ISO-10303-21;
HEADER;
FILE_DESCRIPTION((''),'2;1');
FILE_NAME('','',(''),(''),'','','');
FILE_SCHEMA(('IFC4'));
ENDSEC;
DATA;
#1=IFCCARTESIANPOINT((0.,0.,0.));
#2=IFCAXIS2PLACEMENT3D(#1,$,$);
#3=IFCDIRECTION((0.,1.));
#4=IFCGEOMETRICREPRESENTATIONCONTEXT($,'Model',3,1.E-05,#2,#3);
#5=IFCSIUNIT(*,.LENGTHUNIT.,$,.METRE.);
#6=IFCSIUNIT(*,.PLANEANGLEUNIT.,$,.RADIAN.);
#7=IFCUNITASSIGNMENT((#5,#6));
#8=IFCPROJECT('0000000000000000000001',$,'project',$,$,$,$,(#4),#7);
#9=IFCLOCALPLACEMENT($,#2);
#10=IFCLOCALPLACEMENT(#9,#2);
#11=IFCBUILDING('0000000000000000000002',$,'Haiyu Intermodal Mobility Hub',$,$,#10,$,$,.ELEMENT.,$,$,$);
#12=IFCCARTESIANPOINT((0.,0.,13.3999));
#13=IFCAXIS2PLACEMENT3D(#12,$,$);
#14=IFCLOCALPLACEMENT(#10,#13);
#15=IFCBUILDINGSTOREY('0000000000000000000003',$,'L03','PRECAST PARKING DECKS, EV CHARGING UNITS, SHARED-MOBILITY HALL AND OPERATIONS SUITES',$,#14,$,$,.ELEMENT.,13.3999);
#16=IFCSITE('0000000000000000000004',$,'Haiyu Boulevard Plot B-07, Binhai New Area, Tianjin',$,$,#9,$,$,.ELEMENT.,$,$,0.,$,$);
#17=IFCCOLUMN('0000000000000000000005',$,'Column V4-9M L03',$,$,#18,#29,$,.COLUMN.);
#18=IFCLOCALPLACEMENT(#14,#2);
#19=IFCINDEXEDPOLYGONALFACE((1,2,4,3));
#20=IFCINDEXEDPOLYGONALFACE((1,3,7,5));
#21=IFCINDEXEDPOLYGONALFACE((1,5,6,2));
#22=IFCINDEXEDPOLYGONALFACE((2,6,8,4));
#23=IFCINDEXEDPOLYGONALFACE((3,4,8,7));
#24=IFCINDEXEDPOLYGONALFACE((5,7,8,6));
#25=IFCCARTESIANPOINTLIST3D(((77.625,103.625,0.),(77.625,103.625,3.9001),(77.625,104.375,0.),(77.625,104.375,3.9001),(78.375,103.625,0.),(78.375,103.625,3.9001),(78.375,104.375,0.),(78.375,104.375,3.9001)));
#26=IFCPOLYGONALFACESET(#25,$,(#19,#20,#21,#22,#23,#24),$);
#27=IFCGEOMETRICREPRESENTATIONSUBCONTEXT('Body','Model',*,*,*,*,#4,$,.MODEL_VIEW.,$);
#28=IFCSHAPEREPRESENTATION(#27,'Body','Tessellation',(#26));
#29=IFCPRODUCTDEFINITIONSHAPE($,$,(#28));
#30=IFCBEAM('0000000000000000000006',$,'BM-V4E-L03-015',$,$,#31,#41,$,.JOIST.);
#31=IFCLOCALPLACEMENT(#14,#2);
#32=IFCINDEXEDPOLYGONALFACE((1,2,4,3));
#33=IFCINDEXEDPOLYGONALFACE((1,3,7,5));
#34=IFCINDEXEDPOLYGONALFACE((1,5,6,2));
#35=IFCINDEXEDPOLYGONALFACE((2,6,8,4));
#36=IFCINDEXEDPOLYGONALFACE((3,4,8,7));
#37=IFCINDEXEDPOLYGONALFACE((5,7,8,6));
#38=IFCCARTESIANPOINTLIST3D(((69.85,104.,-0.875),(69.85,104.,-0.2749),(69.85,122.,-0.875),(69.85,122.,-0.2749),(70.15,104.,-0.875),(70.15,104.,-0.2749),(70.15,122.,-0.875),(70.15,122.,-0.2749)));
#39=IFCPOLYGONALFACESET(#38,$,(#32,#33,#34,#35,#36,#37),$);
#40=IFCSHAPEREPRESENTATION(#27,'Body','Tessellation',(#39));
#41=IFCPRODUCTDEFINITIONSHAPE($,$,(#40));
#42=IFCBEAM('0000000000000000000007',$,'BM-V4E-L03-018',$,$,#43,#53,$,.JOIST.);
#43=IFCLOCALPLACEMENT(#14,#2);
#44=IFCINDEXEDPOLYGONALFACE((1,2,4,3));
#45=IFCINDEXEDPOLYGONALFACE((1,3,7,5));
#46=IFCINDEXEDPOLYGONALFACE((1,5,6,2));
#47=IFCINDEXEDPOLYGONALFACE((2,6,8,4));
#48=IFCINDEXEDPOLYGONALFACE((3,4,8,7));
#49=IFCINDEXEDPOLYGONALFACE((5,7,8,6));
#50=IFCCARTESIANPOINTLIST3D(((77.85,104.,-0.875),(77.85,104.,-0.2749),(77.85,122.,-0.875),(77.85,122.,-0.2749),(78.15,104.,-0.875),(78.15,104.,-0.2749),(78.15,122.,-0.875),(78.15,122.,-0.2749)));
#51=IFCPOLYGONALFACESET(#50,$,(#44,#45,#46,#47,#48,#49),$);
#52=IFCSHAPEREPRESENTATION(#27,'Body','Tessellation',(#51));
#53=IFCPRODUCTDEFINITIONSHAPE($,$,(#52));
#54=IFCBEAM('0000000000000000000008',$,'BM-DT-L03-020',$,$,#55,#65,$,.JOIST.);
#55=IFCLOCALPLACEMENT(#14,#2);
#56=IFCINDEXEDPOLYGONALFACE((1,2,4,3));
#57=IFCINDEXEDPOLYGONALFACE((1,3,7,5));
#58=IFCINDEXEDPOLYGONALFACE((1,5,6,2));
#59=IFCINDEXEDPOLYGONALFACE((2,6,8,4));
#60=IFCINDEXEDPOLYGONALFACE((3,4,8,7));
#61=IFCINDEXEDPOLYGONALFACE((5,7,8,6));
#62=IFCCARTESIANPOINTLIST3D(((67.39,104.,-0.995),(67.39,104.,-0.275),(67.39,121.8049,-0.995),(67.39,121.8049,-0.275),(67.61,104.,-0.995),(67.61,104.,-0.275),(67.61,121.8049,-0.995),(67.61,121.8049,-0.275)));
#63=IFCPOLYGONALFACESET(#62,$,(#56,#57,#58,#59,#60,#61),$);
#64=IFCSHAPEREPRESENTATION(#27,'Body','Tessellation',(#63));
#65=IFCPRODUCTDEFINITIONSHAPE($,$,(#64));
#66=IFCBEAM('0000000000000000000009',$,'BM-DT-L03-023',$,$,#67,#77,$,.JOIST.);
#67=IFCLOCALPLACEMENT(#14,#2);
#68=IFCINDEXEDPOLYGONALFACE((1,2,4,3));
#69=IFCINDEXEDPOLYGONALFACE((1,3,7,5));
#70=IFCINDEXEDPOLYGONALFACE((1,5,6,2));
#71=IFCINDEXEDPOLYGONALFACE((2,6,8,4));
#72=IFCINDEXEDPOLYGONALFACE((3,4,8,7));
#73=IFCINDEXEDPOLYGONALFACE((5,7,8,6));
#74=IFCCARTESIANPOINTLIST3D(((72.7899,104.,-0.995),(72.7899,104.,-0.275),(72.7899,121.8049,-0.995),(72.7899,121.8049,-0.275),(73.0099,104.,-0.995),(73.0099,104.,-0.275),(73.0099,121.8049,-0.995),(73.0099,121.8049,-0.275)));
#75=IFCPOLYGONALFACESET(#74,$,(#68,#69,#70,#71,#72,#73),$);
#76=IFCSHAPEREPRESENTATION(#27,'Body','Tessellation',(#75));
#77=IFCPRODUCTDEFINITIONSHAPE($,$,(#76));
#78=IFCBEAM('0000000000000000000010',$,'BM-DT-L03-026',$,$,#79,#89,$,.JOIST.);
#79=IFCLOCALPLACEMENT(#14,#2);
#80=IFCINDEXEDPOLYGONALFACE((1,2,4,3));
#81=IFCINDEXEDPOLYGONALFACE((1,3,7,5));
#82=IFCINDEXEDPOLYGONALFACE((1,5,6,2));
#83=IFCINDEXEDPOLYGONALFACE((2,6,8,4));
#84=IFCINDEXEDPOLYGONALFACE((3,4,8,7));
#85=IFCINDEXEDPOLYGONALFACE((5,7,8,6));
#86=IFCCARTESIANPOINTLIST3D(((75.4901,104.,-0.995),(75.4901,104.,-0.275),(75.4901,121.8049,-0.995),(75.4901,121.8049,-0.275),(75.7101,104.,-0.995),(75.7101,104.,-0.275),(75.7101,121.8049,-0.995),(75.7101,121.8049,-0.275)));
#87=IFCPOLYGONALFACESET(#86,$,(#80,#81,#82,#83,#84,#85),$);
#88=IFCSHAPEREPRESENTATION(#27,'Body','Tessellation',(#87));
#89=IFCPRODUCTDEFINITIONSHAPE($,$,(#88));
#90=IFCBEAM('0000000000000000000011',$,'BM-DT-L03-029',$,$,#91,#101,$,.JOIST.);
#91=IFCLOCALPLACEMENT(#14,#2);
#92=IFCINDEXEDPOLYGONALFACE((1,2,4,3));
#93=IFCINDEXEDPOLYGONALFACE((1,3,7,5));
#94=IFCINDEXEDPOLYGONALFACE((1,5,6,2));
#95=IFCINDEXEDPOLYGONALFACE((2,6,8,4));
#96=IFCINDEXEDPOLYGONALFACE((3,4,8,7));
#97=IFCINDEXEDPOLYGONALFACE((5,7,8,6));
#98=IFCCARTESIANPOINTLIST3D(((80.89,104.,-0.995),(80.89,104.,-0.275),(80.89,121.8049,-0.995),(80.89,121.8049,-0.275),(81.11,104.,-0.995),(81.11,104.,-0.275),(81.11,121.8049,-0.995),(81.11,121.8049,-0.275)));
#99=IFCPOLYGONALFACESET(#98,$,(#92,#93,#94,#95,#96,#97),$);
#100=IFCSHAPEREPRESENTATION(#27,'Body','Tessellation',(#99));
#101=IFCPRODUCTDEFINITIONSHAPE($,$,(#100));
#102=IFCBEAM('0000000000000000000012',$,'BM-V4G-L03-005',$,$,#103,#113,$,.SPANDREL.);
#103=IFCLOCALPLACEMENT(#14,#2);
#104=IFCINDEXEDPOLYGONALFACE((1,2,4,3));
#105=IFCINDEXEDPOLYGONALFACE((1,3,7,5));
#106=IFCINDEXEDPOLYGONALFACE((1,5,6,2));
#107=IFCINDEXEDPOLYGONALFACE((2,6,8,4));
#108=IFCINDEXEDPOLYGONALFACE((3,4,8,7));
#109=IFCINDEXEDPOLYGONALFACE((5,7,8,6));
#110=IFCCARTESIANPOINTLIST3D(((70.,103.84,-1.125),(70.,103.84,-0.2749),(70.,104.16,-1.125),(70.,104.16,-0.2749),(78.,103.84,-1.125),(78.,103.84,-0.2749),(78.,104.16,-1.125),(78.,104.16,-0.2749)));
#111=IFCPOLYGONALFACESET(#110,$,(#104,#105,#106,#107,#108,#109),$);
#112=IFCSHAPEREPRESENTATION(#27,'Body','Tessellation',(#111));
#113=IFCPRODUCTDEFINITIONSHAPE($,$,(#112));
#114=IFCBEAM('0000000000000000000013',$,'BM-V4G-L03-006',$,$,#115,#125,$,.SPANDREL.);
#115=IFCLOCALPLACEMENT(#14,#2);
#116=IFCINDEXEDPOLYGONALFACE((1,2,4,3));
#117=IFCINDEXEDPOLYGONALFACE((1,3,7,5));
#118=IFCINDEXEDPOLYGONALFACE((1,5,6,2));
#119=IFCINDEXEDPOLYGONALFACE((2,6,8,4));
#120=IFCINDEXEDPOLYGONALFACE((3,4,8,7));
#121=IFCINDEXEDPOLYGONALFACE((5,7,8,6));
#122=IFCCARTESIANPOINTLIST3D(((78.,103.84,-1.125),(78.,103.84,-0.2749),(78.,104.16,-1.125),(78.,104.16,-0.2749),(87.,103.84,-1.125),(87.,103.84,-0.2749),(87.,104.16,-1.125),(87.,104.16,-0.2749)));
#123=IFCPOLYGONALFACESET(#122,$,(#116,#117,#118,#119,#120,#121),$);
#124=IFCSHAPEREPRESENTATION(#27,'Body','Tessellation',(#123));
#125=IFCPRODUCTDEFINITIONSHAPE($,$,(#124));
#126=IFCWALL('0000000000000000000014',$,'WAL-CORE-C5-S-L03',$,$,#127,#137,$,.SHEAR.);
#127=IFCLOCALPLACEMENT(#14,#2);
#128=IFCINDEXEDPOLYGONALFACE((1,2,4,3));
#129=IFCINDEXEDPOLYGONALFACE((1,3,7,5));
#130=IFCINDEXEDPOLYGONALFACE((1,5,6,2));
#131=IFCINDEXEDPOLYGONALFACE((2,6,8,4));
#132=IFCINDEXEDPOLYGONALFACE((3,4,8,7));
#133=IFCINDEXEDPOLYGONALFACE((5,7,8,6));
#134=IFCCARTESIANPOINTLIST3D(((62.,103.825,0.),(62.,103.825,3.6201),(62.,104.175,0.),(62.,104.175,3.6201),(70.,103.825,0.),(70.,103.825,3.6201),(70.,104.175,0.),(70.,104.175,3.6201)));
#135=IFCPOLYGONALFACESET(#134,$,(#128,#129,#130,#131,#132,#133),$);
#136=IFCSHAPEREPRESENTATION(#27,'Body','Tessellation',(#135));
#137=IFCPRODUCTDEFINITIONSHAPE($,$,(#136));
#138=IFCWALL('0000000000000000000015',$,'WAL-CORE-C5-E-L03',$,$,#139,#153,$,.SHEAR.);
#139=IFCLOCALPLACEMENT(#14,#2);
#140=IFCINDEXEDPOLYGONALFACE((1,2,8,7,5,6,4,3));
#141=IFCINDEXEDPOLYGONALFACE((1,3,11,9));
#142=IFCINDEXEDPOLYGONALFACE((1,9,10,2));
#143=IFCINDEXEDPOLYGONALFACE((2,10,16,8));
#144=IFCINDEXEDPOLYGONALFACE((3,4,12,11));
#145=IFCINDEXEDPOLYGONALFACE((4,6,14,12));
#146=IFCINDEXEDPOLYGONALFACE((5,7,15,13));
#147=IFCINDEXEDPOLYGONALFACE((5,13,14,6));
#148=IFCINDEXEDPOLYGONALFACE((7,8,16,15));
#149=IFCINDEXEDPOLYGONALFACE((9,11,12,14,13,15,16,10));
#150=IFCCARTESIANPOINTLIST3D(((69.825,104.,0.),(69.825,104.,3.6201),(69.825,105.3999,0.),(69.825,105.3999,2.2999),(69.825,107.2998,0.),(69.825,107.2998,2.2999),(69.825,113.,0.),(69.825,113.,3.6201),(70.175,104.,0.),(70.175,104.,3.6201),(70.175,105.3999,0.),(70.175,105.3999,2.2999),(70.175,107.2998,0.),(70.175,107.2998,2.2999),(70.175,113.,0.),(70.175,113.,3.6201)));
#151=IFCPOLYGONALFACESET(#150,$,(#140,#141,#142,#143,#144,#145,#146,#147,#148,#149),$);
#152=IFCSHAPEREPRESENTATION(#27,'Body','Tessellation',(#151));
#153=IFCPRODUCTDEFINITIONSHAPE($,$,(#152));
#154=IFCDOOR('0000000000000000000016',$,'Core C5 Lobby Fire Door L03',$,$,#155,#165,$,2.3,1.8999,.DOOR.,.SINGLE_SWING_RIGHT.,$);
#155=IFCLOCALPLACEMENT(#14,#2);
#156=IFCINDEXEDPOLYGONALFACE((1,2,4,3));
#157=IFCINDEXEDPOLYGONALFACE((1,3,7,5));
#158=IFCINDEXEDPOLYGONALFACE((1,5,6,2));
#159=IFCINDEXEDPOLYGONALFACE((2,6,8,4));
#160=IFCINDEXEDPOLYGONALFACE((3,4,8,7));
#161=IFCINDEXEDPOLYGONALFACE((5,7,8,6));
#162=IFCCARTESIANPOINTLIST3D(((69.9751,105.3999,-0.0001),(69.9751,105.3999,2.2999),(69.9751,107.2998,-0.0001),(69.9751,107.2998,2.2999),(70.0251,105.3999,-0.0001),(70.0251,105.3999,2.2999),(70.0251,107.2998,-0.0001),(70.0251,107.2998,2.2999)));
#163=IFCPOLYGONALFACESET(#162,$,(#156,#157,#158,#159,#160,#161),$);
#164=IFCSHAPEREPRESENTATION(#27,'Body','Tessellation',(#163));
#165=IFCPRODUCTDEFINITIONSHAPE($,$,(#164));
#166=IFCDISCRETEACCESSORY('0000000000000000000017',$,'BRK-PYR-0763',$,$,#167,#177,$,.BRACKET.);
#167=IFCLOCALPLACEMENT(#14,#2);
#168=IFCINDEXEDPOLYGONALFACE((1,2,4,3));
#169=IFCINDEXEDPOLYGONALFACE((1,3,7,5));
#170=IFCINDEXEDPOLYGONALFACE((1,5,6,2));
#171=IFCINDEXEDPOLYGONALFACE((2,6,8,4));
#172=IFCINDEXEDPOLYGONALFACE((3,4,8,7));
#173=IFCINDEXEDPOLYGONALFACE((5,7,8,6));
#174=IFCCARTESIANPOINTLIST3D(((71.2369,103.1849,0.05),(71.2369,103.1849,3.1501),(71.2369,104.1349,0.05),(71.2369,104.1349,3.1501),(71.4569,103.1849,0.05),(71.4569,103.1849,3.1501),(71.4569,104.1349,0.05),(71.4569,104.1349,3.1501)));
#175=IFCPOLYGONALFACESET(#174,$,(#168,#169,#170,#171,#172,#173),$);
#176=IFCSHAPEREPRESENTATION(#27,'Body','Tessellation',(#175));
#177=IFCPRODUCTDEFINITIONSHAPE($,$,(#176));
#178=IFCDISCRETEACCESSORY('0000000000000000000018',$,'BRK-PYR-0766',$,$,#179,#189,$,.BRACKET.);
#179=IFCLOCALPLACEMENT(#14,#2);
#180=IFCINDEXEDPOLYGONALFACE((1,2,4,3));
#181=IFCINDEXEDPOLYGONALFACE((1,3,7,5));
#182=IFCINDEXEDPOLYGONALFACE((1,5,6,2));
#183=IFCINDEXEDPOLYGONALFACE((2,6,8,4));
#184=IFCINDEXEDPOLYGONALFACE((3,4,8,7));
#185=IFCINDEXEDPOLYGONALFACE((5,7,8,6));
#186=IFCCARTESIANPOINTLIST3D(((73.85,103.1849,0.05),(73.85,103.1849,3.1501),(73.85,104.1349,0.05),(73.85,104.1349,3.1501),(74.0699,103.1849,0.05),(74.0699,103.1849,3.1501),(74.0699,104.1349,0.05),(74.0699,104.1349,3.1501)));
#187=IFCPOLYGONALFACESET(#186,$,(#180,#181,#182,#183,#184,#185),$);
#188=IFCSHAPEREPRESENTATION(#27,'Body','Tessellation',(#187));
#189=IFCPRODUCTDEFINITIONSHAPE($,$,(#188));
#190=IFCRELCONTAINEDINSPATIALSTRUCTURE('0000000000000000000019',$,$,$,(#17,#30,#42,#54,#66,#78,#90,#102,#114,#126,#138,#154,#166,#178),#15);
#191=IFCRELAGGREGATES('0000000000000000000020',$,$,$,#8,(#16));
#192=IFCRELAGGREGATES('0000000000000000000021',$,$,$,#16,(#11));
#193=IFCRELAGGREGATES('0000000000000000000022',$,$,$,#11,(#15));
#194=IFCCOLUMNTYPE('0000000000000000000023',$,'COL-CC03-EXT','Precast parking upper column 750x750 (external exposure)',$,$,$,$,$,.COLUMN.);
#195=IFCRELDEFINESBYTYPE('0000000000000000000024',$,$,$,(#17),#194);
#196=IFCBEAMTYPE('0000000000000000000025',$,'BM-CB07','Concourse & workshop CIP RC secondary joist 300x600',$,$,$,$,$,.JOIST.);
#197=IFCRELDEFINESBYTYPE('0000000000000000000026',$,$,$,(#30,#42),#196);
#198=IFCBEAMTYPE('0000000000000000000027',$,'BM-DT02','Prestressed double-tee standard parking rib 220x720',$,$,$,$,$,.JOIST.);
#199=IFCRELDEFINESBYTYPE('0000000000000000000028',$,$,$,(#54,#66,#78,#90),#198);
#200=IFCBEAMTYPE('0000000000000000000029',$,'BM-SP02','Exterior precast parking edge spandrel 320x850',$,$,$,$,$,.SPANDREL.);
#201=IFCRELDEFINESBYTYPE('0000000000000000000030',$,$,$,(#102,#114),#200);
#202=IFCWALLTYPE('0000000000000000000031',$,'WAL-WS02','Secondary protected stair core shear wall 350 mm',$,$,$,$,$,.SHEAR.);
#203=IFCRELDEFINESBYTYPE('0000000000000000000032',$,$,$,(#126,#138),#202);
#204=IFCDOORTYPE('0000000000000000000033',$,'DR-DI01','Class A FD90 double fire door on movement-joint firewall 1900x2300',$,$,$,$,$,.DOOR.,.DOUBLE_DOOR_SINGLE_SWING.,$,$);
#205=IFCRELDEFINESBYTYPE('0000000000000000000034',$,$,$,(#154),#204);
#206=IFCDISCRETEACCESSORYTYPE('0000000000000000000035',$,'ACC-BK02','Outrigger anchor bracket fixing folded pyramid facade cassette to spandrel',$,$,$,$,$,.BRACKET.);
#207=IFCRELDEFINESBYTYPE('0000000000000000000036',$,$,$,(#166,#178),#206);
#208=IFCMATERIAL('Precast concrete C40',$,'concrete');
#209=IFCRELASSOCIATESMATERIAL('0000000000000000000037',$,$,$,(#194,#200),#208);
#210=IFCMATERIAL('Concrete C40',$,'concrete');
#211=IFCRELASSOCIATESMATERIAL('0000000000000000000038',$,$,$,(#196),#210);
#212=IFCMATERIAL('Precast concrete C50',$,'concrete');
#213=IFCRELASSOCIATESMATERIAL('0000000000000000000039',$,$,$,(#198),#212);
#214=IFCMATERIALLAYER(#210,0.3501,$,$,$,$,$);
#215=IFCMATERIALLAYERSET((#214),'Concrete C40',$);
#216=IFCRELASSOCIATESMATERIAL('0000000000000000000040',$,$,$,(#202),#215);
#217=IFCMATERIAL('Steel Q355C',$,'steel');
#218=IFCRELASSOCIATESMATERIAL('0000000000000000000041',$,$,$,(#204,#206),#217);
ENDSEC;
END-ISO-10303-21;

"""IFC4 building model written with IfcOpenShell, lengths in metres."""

from ifc_helpers import new_model, si_unit, direction, frame, frame_2d, origin, origin_2d, place, context, subcontext, project, spatial, rectangle, extrude, material, layer, layer_set, material_profile, profile_set, type_object, element, fill, save


model = new_model("IFC4")

# Units and contexts
model_context = context("Model", 3, precision=1e-05, world=origin(), true_north=direction((0.0, 1.0)))
body_context = subcontext(model_context, "Body", "Model", "MODEL_VIEW")
ifc_project = project(units=[si_unit("LENGTHUNIT", "METRE"), si_unit("PLANEANGLEUNIT", "RADIAN")], contexts=[model_context])

# Site, building, storey
site_placement = place(None, origin())
site = spatial("IfcSite", under=ifc_project, at=site_placement, Name="Haiyu Boulevard Plot B-07, Binhai New Area, Tianjin", CompositionType="ELEMENT", RefElevation=0.0)
building_placement = place(site_placement, origin())
building = spatial("IfcBuilding", under=site, at=building_placement, Name="Haiyu Intermodal Mobility Hub", CompositionType="ELEMENT")
storey_placement = place(building_placement, frame((0.0, 0.0, 13.3999)))
storey = spatial("IfcBuildingStorey", under=building, at=storey_placement, Name="L03", Description="PRECAST PARKING DECKS, EV CHARGING UNITS, SHARED-MOBILITY HALL AND OPERATIONS SUITES", CompositionType="ELEMENT", Elevation=13.3999)

# Column
ifc_material_1 = material(Name="Precast concrete C40", Category="concrete")
ifc_material_profile_1 = material_profile(ifc_material_1, rectangle(XDim=0.75, YDim=0.75, at=origin_2d()), Name="RC750x750")
ifc_profile_set_1 = profile_set([ifc_material_profile_1], Name="Precast concrete C40")
column_type = type_object("IfcColumnType", Name="COL-CC03-EXT", Description="Precast parking upper column 750x750 (external exposure)", PredefinedType="COLUMN", material=ifc_profile_set_1)
column_placement = place(storey_placement, frame((78.0, 104.0, 0.0), z_axis=(0.0, 0.0, 1.0), x_axis=(1.0, 0.0, 0.0)))
element("IfcColumn", 1, at=column_placement, inside=storey, type_object=column_type, Name="Column V4-9M L03", PredefinedType="COLUMN", context=body_context, shape_type="SweptSolid", body=[
    extrude(rectangle(XDim=0.75, YDim=0.75, at=origin_2d()), origin(), (0.0, 0.0, 1.0), 3.9001),
])

# Beams
ifc_material_2 = material(Name="Concrete C40", Category="concrete")
ifc_material_profile_2 = material_profile(ifc_material_2, rectangle(XDim=0.3, YDim=0.6001, at=origin_2d()), Name="RCB300x600")
ifc_profile_set_2 = profile_set([ifc_material_profile_2], Name="Concrete C40")
beam_type_1 = type_object("IfcBeamType", Name="BM-CB07", Description="Concourse & workshop CIP RC secondary joist 300x600", PredefinedType="JOIST", material=ifc_profile_set_2)
for number, where, z_axis, x_axis, name in (
    (2, (70.0, 104.0, -0.575), (0.0, 1.0, 0.0), (-1.0, 0.0, 0.0), "BM-V4E-L03-015"),
    (3, (78.0, 104.0, -0.575), (0.0, 1.0, 0.0), (-1.0, 0.0, 0.0), "BM-V4E-L03-018"),
):
    element("IfcBeam", number, at=place(storey_placement, frame(where, z_axis=z_axis, x_axis=x_axis)), inside=storey, type_object=beam_type_1, Name=name, PredefinedType="JOIST", context=body_context, shape_type="SweptSolid", body=[
        extrude(rectangle(XDim=0.3, YDim=0.6001, at=origin_2d()), origin(), (0.0, 0.0, 1.0), 18.0),
    ])
ifc_material_3 = material(Name="Precast concrete C50", Category="concrete")
ifc_material_profile_3 = material_profile(ifc_material_3, rectangle(XDim=0.22, YDim=0.72, at=origin_2d()), Name="PC220x720")
ifc_profile_set_3 = profile_set([ifc_material_profile_3], Name="Precast concrete C50")
beam_type_2 = type_object("IfcBeamType", Name="BM-DT02", Description="Prestressed double-tee standard parking rib 220x720", PredefinedType="JOIST", material=ifc_profile_set_3)
for number, where, z_axis, x_axis, name in (
    (4, (67.5, 104.0, -0.635), (0.0, 1.0, 0.0), (-1.0, 0.0, 0.0), "BM-DT-L03-020"),
    (5, (72.8999, 104.0, -0.635), (0.0, 1.0, 0.0), (-1.0, 0.0, 0.0), "BM-DT-L03-023"),
    (6, (75.6001, 104.0, -0.635), (0.0, 1.0, 0.0), (-1.0, 0.0, 0.0), "BM-DT-L03-026"),
    (7, (81.0, 104.0, -0.635), (0.0, 1.0, 0.0), (-1.0, 0.0, 0.0), "BM-DT-L03-029"),
):
    element("IfcBeam", number, at=place(storey_placement, frame(where, z_axis=z_axis, x_axis=x_axis)), inside=storey, type_object=beam_type_2, Name=name, PredefinedType="JOIST", context=body_context, shape_type="SweptSolid", body=[
        extrude(rectangle(XDim=0.22, YDim=0.72, at=origin_2d()), origin(), (0.0, 0.0, 1.0), 17.8049),
    ])
ifc_material_profile_4 = material_profile(ifc_material_1, rectangle(XDim=0.3201, YDim=0.8501, at=origin_2d()), Name="PC320x850")
ifc_profile_set_4 = profile_set([ifc_material_profile_4], Name="Precast concrete C40")
beam_type_3 = type_object("IfcBeamType", Name="BM-SP02", Description="Exterior precast parking edge spandrel 320x850", PredefinedType="SPANDREL", material=ifc_profile_set_4)
beam_1_placement = place(storey_placement, frame((70.0, 104.0, -0.7), z_axis=(1.0, 0.0, 0.0), x_axis=(0.0, 1.0, 0.0)))
element("IfcBeam", 8, at=beam_1_placement, inside=storey, type_object=beam_type_3, Name="BM-V4G-L03-005", PredefinedType="SPANDREL", context=body_context, shape_type="SweptSolid", body=[
    extrude(rectangle(XDim=0.3201, YDim=0.8501, at=origin_2d()), origin(), (0.0, 0.0, 1.0), 8.0),
])
beam_2_placement = place(storey_placement, frame((78.0, 104.0, -0.7), z_axis=(1.0, 0.0, 0.0), x_axis=(0.0, 1.0, 0.0)))
element("IfcBeam", 9, at=beam_2_placement, inside=storey, type_object=beam_type_3, Name="BM-V4G-L03-006", PredefinedType="SPANDREL", context=body_context, shape_type="SweptSolid", body=[
    extrude(rectangle(XDim=0.3201, YDim=0.8501, at=origin_2d()), origin(), (0.0, 0.0, 1.0), 9.0),
])

# Wall
ifc_layer = layer(ifc_material_2, 0.3501)
ifc_layer_set = layer_set([ifc_layer], Name="Concrete C40")
wall_type = type_object("IfcWallType", Name="WAL-WS02", Description="Secondary protected stair core shear wall 350 mm", PredefinedType="SHEAR", material=ifc_layer_set)
wall_1_placement = place(storey_placement, frame((62.0, 104.0, 0.0), z_axis=(0.0, 0.0, 1.0), x_axis=(1.0, 0.0, 0.0)))
element("IfcWall", 10, at=wall_1_placement, inside=storey, type_object=wall_type, Name="WAL-CORE-C5-S-L03", PredefinedType="SHEAR", context=body_context, shape_type="SweptSolid", body=[
    extrude(rectangle(XDim=8.0, YDim=0.3501, at=frame_2d((4.0, 0.0))), origin(), (0.0, 0.0, 1.0), 3.6201),
])

# Wall, opening, door
wall_2_placement = place(storey_placement, frame((70.0, 104.0, 0.0), z_axis=(0.0, 0.0, 1.0), x_axis=(0.0, 1.0, 0.0)))
wall_2 = element("IfcWall", 11, at=wall_2_placement, inside=storey, type_object=wall_type, Name="WAL-CORE-C5-E-L03", PredefinedType="SHEAR", context=body_context, shape_type="SweptSolid", body=[
    extrude(rectangle(XDim=9.0, YDim=0.3501, at=frame_2d((4.5, 0.0))), origin(), (0.0, 0.0, 1.0), 3.6201),
])
opening_placement = place(wall_2_placement, frame((1.3999, 0.0, 0.0)))
opening = element("IfcOpeningElement", 12, at=opening_placement, cuts=wall_2, PredefinedType="OPENING", context=body_context, shape_type="SweptSolid", body=[
    extrude(rectangle(XDim=1.8999, YDim=2.3, at=frame_2d((0.95, 1.1499))), frame((0.0, 0.1851, 0.0), z_axis=(0.0, -1.0, 0.0), x_axis=(1.0, 0.0, 0.0)), (0.0, 0.0, 1.0), 0.3701),
])
ifc_material_4 = material(Name="Steel Q355C", Category="steel")
door_type = type_object("IfcDoorType", Name="DR-DI01", Description="Class A FD90 double fire door on movement-joint firewall 1900x2300", OperationType="DOUBLE_DOOR_SINGLE_SWING", PredefinedType="DOOR", material=ifc_material_4)
door_placement = place(opening_placement, origin())
door = element("IfcDoor", 13, at=door_placement, inside=storey, type_object=door_type, Name="Core C5 Lobby Fire Door L03", OperationType="SINGLE_SWING_RIGHT", OverallHeight=2.3, OverallWidth=1.8999, PredefinedType="DOOR", context=body_context, shape_type="SweptSolid", body=[
    extrude(rectangle(XDim=1.8999, YDim=2.3, at=frame_2d((0.95, 1.1499))), frame((0.0, 0.0249, 0.0), z_axis=(0.0, -1.0, 0.0), x_axis=(1.0, 0.0, 0.0)), (0.0, 0.0, 1.0), 0.05),
])
fill(opening, door)

# Discrete accessories
discrete_accessory_type = type_object("IfcDiscreteAccessoryType", Name="ACC-BK02", Description="Outrigger anchor bracket fixing folded pyramid facade cassette to spandrel", PredefinedType="BRACKET", material=ifc_material_4)
for number, where, z_axis, x_axis, name in (
    (14, (71.3469, 103.6599, 0.05), (0.0, 0.0, 1.0), (1.0, 0.0, 0.0), "BRK-PYR-0763"),
    (15, (73.96, 103.6599, 0.05), (0.0, 0.0, 1.0), (1.0, 0.0, 0.0), "BRK-PYR-0766"),
):
    element("IfcDiscreteAccessory", number, at=place(storey_placement, frame(where, z_axis=z_axis, x_axis=x_axis)), inside=storey, type_object=discrete_accessory_type, Name=name, PredefinedType="BRACKET", context=body_context, shape_type="SweptSolid", body=[
        extrude(rectangle(XDim=0.22, YDim=0.95, at=origin_2d()), origin(), (0.0, 0.0, 1.0), 3.1001),
    ])

save(model, "model.ifc")
